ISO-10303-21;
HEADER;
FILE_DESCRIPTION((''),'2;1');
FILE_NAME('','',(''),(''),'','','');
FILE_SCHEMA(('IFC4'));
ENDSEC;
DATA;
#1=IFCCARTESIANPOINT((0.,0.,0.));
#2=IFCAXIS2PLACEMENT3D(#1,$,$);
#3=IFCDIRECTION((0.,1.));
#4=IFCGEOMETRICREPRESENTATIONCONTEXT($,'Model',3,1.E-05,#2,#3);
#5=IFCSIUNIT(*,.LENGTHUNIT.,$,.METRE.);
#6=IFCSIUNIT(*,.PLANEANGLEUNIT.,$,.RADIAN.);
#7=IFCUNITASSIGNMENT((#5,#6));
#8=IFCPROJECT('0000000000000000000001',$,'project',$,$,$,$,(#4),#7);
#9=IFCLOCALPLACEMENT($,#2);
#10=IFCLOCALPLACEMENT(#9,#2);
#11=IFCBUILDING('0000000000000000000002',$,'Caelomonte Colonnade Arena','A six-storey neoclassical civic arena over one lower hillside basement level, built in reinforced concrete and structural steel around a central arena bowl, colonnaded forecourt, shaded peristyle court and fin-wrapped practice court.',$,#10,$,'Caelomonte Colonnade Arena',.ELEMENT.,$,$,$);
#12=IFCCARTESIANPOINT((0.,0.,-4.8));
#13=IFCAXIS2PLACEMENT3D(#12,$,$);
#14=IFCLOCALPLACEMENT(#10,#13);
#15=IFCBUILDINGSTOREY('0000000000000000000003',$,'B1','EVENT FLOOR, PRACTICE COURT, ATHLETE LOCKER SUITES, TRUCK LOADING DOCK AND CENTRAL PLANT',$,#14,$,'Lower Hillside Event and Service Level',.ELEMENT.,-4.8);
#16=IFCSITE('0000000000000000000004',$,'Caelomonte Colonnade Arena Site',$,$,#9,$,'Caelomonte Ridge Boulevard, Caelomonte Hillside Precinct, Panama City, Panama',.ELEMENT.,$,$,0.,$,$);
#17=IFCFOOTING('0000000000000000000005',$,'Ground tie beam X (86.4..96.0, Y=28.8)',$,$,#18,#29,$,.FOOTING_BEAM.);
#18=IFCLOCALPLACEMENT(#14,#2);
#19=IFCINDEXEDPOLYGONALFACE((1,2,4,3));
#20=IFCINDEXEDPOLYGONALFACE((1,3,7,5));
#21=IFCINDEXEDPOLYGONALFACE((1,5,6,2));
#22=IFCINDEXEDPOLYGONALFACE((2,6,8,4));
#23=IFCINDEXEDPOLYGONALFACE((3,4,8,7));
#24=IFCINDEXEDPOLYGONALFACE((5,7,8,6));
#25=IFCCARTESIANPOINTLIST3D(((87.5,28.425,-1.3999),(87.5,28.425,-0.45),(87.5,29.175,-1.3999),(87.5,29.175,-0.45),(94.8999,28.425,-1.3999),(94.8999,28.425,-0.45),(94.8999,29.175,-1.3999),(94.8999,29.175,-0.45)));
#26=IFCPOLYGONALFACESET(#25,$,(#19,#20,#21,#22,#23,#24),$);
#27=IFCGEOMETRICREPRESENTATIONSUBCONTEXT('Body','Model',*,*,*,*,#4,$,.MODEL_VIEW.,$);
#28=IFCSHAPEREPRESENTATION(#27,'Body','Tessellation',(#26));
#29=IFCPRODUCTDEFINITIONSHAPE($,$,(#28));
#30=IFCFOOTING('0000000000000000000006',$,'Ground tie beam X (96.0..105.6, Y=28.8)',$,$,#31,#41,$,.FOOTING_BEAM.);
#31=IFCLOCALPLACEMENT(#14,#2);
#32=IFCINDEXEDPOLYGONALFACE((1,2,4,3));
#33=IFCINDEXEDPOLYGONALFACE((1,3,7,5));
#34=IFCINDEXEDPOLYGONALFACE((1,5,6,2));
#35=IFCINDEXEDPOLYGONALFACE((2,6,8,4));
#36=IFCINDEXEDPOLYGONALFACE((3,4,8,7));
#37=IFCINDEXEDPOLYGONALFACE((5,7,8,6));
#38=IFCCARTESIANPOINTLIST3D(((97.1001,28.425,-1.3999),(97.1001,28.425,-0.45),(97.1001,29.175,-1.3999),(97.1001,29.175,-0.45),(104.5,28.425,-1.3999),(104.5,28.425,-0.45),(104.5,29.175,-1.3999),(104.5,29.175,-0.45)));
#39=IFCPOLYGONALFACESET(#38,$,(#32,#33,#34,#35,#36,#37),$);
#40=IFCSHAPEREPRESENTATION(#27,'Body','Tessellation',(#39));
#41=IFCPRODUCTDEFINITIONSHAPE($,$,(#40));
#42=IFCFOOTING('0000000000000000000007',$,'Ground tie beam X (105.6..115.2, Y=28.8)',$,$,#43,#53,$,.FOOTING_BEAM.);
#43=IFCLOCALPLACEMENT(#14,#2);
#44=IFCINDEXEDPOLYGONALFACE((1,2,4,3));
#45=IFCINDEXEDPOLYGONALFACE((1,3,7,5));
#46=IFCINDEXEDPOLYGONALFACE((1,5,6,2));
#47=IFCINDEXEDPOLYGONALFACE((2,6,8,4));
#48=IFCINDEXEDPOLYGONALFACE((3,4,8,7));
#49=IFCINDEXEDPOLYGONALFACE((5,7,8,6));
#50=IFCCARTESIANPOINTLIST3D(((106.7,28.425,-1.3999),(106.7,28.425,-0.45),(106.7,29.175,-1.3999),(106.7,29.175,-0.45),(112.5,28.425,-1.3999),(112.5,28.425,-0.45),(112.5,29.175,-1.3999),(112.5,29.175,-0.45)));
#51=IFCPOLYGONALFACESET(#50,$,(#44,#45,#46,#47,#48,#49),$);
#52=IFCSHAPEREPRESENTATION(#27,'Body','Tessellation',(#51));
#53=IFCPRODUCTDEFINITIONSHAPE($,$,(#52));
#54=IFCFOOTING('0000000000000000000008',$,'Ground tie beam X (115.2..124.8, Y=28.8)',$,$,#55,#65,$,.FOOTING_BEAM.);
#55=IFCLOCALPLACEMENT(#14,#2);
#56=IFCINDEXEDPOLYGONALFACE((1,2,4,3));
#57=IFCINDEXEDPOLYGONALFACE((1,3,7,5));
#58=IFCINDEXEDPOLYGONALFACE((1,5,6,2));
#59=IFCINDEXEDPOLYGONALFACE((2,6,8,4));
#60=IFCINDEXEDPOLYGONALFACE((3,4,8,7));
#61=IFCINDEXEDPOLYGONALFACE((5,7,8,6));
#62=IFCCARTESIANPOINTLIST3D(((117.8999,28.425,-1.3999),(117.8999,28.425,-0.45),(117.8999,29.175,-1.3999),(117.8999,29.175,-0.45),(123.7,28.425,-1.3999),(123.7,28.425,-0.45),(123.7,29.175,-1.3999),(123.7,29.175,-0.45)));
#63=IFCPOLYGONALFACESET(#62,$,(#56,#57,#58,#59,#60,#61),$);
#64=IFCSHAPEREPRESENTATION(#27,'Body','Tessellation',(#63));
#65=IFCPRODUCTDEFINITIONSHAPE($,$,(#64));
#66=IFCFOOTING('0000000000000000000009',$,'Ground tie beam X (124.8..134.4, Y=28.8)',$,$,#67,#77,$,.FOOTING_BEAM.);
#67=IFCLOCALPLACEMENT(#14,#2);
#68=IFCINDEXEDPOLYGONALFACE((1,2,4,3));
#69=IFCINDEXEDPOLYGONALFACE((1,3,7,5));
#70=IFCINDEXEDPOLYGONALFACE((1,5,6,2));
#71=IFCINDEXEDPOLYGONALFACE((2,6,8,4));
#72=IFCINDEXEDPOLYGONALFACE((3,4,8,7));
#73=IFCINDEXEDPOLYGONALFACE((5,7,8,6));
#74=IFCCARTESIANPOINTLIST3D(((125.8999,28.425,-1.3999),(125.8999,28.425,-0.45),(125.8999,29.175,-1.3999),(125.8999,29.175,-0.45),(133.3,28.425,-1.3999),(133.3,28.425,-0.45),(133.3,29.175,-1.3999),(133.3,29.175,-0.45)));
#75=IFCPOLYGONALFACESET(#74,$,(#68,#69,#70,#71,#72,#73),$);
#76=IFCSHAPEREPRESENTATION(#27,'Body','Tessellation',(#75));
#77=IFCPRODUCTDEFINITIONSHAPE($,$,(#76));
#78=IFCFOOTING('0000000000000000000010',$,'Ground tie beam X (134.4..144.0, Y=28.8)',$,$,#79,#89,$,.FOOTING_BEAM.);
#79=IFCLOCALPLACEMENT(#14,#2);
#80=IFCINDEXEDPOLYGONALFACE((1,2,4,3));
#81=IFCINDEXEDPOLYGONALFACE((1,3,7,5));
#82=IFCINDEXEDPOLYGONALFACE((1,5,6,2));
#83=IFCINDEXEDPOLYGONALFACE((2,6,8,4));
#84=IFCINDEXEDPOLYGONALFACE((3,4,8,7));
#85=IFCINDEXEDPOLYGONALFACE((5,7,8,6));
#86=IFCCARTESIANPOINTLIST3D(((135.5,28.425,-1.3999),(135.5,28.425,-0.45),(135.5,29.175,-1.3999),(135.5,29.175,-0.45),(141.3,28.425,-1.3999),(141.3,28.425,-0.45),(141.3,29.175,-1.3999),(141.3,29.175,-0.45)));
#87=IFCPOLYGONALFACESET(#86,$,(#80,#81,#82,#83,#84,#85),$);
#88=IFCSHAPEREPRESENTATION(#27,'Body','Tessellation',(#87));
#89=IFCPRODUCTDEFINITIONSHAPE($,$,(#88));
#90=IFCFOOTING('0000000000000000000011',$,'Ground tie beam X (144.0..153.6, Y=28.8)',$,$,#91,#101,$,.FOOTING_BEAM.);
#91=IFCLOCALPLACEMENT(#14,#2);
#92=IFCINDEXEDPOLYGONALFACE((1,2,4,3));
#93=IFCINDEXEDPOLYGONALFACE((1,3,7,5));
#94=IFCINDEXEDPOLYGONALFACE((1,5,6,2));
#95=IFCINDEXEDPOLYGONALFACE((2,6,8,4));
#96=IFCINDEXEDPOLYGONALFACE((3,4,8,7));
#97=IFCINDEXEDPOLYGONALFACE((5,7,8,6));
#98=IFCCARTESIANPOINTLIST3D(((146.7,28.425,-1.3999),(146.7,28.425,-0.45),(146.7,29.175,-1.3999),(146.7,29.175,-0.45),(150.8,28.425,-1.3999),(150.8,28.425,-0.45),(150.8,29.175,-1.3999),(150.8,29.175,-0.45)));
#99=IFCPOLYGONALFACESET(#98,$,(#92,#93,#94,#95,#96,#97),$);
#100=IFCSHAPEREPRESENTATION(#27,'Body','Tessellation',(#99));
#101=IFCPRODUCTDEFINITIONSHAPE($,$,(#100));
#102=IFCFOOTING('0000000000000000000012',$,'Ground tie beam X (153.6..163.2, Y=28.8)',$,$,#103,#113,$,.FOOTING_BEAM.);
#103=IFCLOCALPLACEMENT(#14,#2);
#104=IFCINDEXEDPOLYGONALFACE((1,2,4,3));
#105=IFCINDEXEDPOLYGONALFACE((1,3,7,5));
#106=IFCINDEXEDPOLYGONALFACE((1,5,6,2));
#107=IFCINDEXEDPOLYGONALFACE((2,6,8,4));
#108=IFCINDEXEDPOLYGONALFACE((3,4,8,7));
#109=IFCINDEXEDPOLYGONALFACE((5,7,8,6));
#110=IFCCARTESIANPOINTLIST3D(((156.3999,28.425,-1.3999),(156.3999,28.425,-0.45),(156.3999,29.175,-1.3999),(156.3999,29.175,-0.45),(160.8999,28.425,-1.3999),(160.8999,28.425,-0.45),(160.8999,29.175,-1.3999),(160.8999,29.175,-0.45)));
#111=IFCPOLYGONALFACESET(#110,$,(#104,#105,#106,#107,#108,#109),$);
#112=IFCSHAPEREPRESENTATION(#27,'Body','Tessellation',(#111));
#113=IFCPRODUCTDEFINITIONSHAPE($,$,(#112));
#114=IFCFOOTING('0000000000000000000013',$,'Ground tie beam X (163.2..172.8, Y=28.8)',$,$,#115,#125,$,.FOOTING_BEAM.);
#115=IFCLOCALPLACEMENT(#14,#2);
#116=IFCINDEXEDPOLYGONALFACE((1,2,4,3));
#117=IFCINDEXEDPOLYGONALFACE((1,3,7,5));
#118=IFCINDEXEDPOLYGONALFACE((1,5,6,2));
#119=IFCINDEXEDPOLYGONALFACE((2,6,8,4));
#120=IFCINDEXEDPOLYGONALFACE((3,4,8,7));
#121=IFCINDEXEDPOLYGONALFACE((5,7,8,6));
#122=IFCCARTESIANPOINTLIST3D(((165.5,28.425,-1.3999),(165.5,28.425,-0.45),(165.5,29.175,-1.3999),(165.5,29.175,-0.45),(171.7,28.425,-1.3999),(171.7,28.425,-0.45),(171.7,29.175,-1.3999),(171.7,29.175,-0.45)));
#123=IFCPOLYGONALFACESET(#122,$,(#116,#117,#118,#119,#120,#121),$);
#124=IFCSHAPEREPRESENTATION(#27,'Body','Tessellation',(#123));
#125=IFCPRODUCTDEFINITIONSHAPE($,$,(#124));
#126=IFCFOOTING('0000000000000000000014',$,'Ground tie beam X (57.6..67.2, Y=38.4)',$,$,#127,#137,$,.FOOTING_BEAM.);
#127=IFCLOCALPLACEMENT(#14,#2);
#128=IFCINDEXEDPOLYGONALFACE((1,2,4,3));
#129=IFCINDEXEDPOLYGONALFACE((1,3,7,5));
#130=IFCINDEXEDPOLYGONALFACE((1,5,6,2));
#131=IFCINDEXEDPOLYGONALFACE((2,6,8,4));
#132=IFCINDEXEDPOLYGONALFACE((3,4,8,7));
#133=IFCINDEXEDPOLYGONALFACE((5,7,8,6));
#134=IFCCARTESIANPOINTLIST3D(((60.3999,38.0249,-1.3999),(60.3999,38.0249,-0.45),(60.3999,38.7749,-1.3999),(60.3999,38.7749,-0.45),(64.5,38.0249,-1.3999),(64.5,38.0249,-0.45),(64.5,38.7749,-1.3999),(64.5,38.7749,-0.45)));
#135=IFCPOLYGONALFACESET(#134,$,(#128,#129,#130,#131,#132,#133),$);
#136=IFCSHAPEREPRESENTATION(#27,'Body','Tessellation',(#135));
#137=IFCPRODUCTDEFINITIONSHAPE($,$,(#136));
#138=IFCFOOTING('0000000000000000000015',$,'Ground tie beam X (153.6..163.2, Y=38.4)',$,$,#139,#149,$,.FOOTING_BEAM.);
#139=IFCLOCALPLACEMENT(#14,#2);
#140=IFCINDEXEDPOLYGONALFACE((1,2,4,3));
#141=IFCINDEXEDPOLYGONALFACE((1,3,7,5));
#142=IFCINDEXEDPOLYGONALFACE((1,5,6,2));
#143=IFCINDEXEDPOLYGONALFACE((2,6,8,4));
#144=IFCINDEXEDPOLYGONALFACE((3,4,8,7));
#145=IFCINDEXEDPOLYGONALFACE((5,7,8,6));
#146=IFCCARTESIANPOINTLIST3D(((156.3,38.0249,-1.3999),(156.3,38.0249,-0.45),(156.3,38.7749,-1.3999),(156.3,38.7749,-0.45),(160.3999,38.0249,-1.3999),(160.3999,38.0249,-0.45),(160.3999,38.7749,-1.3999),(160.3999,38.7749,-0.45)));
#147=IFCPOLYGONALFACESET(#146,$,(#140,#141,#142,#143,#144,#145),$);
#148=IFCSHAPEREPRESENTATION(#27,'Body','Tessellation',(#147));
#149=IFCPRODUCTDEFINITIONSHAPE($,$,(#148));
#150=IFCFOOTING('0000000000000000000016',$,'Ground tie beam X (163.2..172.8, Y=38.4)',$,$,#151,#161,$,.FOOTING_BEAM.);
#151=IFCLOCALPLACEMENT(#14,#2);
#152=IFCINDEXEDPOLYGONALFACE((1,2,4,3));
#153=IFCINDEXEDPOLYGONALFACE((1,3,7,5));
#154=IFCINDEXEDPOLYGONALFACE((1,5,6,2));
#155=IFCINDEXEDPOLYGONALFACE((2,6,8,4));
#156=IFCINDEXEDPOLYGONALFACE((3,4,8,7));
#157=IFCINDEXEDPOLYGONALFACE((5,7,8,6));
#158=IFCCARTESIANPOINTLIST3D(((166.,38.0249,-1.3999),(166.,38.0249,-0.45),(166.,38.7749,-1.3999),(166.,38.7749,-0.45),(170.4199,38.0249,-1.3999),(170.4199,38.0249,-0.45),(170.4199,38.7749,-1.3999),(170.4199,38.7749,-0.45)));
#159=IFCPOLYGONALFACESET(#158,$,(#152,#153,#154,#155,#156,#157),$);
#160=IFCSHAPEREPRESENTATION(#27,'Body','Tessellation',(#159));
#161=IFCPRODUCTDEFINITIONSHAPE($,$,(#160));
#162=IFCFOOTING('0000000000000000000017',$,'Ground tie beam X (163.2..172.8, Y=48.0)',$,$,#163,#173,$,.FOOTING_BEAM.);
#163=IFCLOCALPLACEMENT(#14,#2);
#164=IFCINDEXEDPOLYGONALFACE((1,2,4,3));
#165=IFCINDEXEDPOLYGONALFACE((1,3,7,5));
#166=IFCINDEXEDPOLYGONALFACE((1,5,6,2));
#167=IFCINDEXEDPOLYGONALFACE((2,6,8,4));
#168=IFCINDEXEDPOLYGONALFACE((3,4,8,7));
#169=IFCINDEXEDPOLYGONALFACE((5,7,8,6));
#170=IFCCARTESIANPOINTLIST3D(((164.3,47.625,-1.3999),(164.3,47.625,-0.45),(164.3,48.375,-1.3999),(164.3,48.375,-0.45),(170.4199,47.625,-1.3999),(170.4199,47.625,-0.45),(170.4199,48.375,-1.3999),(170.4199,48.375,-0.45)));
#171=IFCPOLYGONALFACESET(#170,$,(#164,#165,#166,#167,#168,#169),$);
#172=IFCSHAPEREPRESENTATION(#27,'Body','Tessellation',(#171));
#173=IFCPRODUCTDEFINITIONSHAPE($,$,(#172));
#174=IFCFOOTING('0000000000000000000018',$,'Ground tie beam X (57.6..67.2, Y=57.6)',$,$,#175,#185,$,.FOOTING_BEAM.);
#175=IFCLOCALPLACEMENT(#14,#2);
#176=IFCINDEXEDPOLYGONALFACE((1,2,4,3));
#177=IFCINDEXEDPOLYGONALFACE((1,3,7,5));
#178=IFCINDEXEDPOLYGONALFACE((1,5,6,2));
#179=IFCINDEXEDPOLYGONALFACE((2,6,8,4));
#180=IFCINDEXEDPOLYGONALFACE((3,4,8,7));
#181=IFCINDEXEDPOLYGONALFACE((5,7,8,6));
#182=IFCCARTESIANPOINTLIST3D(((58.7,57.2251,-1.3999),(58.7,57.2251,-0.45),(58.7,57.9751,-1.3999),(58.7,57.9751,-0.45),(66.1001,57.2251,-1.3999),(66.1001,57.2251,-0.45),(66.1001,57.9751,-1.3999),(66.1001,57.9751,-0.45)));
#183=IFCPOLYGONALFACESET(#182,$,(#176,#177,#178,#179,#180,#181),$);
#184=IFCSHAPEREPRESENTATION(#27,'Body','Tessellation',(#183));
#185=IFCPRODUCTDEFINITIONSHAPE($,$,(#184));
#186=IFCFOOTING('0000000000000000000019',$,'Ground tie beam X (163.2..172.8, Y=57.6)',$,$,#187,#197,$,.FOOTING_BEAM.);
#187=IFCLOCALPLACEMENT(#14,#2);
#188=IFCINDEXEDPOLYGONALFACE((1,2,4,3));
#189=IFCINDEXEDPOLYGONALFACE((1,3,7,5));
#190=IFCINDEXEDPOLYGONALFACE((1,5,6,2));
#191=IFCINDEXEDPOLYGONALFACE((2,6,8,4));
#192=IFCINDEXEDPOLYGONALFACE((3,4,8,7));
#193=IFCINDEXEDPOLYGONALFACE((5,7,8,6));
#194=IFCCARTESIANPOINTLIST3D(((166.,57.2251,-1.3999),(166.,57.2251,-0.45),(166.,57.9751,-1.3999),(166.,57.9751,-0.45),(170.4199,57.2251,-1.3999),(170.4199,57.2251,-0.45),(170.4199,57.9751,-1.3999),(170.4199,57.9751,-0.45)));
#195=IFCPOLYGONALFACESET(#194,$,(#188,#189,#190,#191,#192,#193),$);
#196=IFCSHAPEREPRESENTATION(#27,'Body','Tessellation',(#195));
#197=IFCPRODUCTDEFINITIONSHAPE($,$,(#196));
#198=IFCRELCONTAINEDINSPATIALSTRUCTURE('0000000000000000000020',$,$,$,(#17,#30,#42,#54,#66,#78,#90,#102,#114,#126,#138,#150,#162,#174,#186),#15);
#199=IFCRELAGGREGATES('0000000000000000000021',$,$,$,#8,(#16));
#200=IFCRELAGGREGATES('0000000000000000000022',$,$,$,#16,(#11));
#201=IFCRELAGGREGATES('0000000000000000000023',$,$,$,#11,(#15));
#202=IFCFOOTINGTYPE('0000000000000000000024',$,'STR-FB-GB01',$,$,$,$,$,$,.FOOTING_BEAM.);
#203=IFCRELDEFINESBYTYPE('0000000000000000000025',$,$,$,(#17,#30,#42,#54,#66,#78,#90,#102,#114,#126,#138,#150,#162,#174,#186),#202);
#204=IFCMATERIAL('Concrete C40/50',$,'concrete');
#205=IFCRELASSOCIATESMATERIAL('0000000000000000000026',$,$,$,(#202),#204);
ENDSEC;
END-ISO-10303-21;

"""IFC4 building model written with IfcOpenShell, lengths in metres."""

from ifc_helpers import new_model, si_unit, direction, frame, origin, place, context, subcontext, project, spatial, polyline, outline, extrude, material, type_object, element, save


model = new_model("IFC4")

# Units and contexts
model_context = context("Model", 3, precision=1e-05, world=origin(), true_north=direction((0.0, 1.0)))
body_context = subcontext(model_context, "Body", "Model", "MODEL_VIEW")
ifc_project = project(units=[si_unit("LENGTHUNIT", "METRE"), si_unit("PLANEANGLEUNIT", "RADIAN")], contexts=[model_context])

# Site, building, storey
site_placement = place(None, origin())
site = spatial("IfcSite", under=ifc_project, at=site_placement, Name="Caelomonte Colonnade Arena Site", LongName="Caelomonte Ridge Boulevard, Caelomonte Hillside Precinct, Panama City, Panama", CompositionType="ELEMENT", RefElevation=0.0)
building_placement = place(site_placement, origin())
building = spatial("IfcBuilding", under=site, at=building_placement, Name="Caelomonte Colonnade Arena", Description="A six-storey neoclassical civic arena over one lower hillside basement level, built in reinforced concrete and structural steel around a central arena bowl, colonnaded forecourt, shaded peristyle court and fin-wrapped practice court.", LongName="Caelomonte Colonnade Arena", CompositionType="ELEMENT")
storey_placement = place(building_placement, frame((0.0, 0.0, -4.8)))
storey = spatial("IfcBuildingStorey", under=building, at=storey_placement, Name="B1", Description="EVENT FLOOR, PRACTICE COURT, ATHLETE LOCKER SUITES, TRUCK LOADING DOCK AND CENTRAL PLANT", LongName="Lower Hillside Event and Service Level", CompositionType="ELEMENT", Elevation=-4.8)

# Footings
ifc_material = material(Name="Concrete C40/50", Category="concrete")
footing_type = type_object("IfcFootingType", Name="STR-FB-GB01", PredefinedType="FOOTING_BEAM", material=ifc_material)
footing_1_placement = place(storey_placement, frame((0.0, 0.0, -1.3999)))
element("IfcFooting", 1, at=footing_1_placement, inside=storey, type_object=footing_type, Name="Ground tie beam X (86.4..96.0, Y=28.8)", PredefinedType="FOOTING_BEAM", context=body_context, shape_type="SweptSolid", body=[
    extrude(outline(polyline([(87.5, 28.425), (94.8999, 28.425), (94.8999, 29.175), (87.5, 29.175), (87.5, 28.425)])), origin(), (0.0, 0.0, 1.0), 0.95),
])
footing_2_placement = place(storey_placement, frame((0.0, 0.0, -1.3999)))
element("IfcFooting", 2, at=footing_2_placement, inside=storey, type_object=footing_type, Name="Ground tie beam X (96.0..105.6, Y=28.8)", PredefinedType="FOOTING_BEAM", context=body_context, shape_type="SweptSolid", body=[
    extrude(outline(polyline([(97.1001, 28.425), (104.5, 28.425), (104.5, 29.175), (97.1001, 29.175), (97.1001, 28.425)])), origin(), (0.0, 0.0, 1.0), 0.95),
])
footing_3_placement = place(storey_placement, frame((0.0, 0.0, -1.3999)))
element("IfcFooting", 3, at=footing_3_placement, inside=storey, type_object=footing_type, Name="Ground tie beam X (105.6..115.2, Y=28.8)", PredefinedType="FOOTING_BEAM", context=body_context, shape_type="SweptSolid", body=[
    extrude(outline(polyline([(106.7, 28.425), (112.5, 28.425), (112.5, 29.175), (106.7, 29.175), (106.7, 28.425)])), origin(), (0.0, 0.0, 1.0), 0.95),
])
footing_4_placement = place(storey_placement, frame((0.0, 0.0, -1.3999)))
element("IfcFooting", 4, at=footing_4_placement, inside=storey, type_object=footing_type, Name="Ground tie beam X (115.2..124.8, Y=28.8)", PredefinedType="FOOTING_BEAM", context=body_context, shape_type="SweptSolid", body=[
    extrude(outline(polyline([(117.8999, 28.425), (123.7, 28.425), (123.7, 29.175), (117.8999, 29.175), (117.8999, 28.425)])), origin(), (0.0, 0.0, 1.0), 0.95),
])
footing_5_placement = place(storey_placement, frame((0.0, 0.0, -1.3999)))
element("IfcFooting", 5, at=footing_5_placement, inside=storey, type_object=footing_type, Name="Ground tie beam X (124.8..134.4, Y=28.8)", PredefinedType="FOOTING_BEAM", context=body_context, shape_type="SweptSolid", body=[
    extrude(outline(polyline([(125.8999, 28.425), (133.3, 28.425), (133.3, 29.175), (125.8999, 29.175), (125.8999, 28.425)])), origin(), (0.0, 0.0, 1.0), 0.95),
])
footing_6_placement = place(storey_placement, frame((0.0, 0.0, -1.3999)))
element("IfcFooting", 6, at=footing_6_placement, inside=storey, type_object=footing_type, Name="Ground tie beam X (134.4..144.0, Y=28.8)", PredefinedType="FOOTING_BEAM", context=body_context, shape_type="SweptSolid", body=[
    extrude(outline(polyline([(135.5, 28.425), (141.3, 28.425), (141.3, 29.175), (135.5, 29.175), (135.5, 28.425)])), origin(), (0.0, 0.0, 1.0), 0.95),
])
footing_7_placement = place(storey_placement, frame((0.0, 0.0, -1.3999)))
element("IfcFooting", 7, at=footing_7_placement, inside=storey, type_object=footing_type, Name="Ground tie beam X (144.0..153.6, Y=28.8)", PredefinedType="FOOTING_BEAM", context=body_context, shape_type="SweptSolid", body=[
    extrude(outline(polyline([(146.7, 28.425), (150.8, 28.425), (150.8, 29.175), (146.7, 29.175), (146.7, 28.425)])), origin(), (0.0, 0.0, 1.0), 0.95),
])
footing_8_placement = place(storey_placement, frame((0.0, 0.0, -1.3999)))
element("IfcFooting", 8, at=footing_8_placement, inside=storey, type_object=footing_type, Name="Ground tie beam X (153.6..163.2, Y=28.8)", PredefinedType="FOOTING_BEAM", context=body_context, shape_type="SweptSolid", body=[
    extrude(outline(polyline([(156.3999, 28.425), (160.8999, 28.425), (160.8999, 29.175), (156.3999, 29.175), (156.3999, 28.425)])), origin(), (0.0, 0.0, 1.0), 0.95),
])
footing_9_placement = place(storey_placement, frame((0.0, 0.0, -1.3999)))
element("IfcFooting", 9, at=footing_9_placement, inside=storey, type_object=footing_type, Name="Ground tie beam X (163.2..172.8, Y=28.8)", PredefinedType="FOOTING_BEAM", context=body_context, shape_type="SweptSolid", body=[
    extrude(outline(polyline([(165.5, 28.425), (171.7, 28.425), (171.7, 29.175), (165.5, 29.175), (165.5, 28.425)])), origin(), (0.0, 0.0, 1.0), 0.95),
])
footing_10_placement = place(storey_placement, frame((0.0, 0.0, -1.3999)))
element("IfcFooting", 10, at=footing_10_placement, inside=storey, type_object=footing_type, Name="Ground tie beam X (57.6..67.2, Y=38.4)", PredefinedType="FOOTING_BEAM", context=body_context, shape_type="SweptSolid", body=[
    extrude(outline(polyline([(60.3999, 38.0249), (64.5, 38.0249), (64.5, 38.7749), (60.3999, 38.7749), (60.3999, 38.0249)])), origin(), (0.0, 0.0, 1.0), 0.95),
])
footing_11_placement = place(storey_placement, frame((0.0, 0.0, -1.3999)))
element("IfcFooting", 11, at=footing_11_placement, inside=storey, type_object=footing_type, Name="Ground tie beam X (153.6..163.2, Y=38.4)", PredefinedType="FOOTING_BEAM", context=body_context, shape_type="SweptSolid", body=[
    extrude(outline(polyline([(156.3, 38.0249), (160.3999, 38.0249), (160.3999, 38.7749), (156.3, 38.7749), (156.3, 38.0249)])), origin(), (0.0, 0.0, 1.0), 0.95),
])
footing_12_placement = place(storey_placement, frame((0.0, 0.0, -1.3999)))
element("IfcFooting", 12, at=footing_12_placement, inside=storey, type_object=footing_type, Name="Ground tie beam X (163.2..172.8, Y=38.4)", PredefinedType="FOOTING_BEAM", context=body_context, shape_type="SweptSolid", body=[
    extrude(outline(polyline([(166.0, 38.0249), (170.4199, 38.0249), (170.4199, 38.7749), (166.0, 38.7749), (166.0, 38.0249)])), origin(), (0.0, 0.0, 1.0), 0.95),
])
footing_13_placement = place(storey_placement, frame((0.0, 0.0, -1.3999)))
element("IfcFooting", 13, at=footing_13_placement, inside=storey, type_object=footing_type, Name="Ground tie beam X (163.2..172.8, Y=48.0)", PredefinedType="FOOTING_BEAM", context=body_context, shape_type="SweptSolid", body=[
    extrude(outline(polyline([(164.3, 47.625), (170.4199, 47.625), (170.4199, 48.375), (164.3, 48.375), (164.3, 47.625)])), origin(), (0.0, 0.0, 1.0), 0.95),
])
footing_14_placement = place(storey_placement, frame((0.0, 0.0, -1.3999)))
element("IfcFooting", 14, at=footing_14_placement, inside=storey, type_object=footing_type, Name="Ground tie beam X (57.6..67.2, Y=57.6)", PredefinedType="FOOTING_BEAM", context=body_context, shape_type="SweptSolid", body=[
    extrude(outline(polyline([(58.7, 57.2251), (66.1001, 57.2251), (66.1001, 57.9751), (58.7, 57.9751), (58.7, 57.2251)])), origin(), (0.0, 0.0, 1.0), 0.95),
])
footing_15_placement = place(storey_placement, frame((0.0, 0.0, -1.3999)))
element("IfcFooting", 15, at=footing_15_placement, inside=storey, type_object=footing_type, Name="Ground tie beam X (163.2..172.8, Y=57.6)", PredefinedType="FOOTING_BEAM", context=body_context, shape_type="SweptSolid", body=[
    extrude(outline(polyline([(166.0, 57.2251), (170.4199, 57.2251), (170.4199, 57.9751), (166.0, 57.9751), (166.0, 57.2251)])), origin(), (0.0, 0.0, 1.0), 0.95),
])

save(model, "model.ifc")
